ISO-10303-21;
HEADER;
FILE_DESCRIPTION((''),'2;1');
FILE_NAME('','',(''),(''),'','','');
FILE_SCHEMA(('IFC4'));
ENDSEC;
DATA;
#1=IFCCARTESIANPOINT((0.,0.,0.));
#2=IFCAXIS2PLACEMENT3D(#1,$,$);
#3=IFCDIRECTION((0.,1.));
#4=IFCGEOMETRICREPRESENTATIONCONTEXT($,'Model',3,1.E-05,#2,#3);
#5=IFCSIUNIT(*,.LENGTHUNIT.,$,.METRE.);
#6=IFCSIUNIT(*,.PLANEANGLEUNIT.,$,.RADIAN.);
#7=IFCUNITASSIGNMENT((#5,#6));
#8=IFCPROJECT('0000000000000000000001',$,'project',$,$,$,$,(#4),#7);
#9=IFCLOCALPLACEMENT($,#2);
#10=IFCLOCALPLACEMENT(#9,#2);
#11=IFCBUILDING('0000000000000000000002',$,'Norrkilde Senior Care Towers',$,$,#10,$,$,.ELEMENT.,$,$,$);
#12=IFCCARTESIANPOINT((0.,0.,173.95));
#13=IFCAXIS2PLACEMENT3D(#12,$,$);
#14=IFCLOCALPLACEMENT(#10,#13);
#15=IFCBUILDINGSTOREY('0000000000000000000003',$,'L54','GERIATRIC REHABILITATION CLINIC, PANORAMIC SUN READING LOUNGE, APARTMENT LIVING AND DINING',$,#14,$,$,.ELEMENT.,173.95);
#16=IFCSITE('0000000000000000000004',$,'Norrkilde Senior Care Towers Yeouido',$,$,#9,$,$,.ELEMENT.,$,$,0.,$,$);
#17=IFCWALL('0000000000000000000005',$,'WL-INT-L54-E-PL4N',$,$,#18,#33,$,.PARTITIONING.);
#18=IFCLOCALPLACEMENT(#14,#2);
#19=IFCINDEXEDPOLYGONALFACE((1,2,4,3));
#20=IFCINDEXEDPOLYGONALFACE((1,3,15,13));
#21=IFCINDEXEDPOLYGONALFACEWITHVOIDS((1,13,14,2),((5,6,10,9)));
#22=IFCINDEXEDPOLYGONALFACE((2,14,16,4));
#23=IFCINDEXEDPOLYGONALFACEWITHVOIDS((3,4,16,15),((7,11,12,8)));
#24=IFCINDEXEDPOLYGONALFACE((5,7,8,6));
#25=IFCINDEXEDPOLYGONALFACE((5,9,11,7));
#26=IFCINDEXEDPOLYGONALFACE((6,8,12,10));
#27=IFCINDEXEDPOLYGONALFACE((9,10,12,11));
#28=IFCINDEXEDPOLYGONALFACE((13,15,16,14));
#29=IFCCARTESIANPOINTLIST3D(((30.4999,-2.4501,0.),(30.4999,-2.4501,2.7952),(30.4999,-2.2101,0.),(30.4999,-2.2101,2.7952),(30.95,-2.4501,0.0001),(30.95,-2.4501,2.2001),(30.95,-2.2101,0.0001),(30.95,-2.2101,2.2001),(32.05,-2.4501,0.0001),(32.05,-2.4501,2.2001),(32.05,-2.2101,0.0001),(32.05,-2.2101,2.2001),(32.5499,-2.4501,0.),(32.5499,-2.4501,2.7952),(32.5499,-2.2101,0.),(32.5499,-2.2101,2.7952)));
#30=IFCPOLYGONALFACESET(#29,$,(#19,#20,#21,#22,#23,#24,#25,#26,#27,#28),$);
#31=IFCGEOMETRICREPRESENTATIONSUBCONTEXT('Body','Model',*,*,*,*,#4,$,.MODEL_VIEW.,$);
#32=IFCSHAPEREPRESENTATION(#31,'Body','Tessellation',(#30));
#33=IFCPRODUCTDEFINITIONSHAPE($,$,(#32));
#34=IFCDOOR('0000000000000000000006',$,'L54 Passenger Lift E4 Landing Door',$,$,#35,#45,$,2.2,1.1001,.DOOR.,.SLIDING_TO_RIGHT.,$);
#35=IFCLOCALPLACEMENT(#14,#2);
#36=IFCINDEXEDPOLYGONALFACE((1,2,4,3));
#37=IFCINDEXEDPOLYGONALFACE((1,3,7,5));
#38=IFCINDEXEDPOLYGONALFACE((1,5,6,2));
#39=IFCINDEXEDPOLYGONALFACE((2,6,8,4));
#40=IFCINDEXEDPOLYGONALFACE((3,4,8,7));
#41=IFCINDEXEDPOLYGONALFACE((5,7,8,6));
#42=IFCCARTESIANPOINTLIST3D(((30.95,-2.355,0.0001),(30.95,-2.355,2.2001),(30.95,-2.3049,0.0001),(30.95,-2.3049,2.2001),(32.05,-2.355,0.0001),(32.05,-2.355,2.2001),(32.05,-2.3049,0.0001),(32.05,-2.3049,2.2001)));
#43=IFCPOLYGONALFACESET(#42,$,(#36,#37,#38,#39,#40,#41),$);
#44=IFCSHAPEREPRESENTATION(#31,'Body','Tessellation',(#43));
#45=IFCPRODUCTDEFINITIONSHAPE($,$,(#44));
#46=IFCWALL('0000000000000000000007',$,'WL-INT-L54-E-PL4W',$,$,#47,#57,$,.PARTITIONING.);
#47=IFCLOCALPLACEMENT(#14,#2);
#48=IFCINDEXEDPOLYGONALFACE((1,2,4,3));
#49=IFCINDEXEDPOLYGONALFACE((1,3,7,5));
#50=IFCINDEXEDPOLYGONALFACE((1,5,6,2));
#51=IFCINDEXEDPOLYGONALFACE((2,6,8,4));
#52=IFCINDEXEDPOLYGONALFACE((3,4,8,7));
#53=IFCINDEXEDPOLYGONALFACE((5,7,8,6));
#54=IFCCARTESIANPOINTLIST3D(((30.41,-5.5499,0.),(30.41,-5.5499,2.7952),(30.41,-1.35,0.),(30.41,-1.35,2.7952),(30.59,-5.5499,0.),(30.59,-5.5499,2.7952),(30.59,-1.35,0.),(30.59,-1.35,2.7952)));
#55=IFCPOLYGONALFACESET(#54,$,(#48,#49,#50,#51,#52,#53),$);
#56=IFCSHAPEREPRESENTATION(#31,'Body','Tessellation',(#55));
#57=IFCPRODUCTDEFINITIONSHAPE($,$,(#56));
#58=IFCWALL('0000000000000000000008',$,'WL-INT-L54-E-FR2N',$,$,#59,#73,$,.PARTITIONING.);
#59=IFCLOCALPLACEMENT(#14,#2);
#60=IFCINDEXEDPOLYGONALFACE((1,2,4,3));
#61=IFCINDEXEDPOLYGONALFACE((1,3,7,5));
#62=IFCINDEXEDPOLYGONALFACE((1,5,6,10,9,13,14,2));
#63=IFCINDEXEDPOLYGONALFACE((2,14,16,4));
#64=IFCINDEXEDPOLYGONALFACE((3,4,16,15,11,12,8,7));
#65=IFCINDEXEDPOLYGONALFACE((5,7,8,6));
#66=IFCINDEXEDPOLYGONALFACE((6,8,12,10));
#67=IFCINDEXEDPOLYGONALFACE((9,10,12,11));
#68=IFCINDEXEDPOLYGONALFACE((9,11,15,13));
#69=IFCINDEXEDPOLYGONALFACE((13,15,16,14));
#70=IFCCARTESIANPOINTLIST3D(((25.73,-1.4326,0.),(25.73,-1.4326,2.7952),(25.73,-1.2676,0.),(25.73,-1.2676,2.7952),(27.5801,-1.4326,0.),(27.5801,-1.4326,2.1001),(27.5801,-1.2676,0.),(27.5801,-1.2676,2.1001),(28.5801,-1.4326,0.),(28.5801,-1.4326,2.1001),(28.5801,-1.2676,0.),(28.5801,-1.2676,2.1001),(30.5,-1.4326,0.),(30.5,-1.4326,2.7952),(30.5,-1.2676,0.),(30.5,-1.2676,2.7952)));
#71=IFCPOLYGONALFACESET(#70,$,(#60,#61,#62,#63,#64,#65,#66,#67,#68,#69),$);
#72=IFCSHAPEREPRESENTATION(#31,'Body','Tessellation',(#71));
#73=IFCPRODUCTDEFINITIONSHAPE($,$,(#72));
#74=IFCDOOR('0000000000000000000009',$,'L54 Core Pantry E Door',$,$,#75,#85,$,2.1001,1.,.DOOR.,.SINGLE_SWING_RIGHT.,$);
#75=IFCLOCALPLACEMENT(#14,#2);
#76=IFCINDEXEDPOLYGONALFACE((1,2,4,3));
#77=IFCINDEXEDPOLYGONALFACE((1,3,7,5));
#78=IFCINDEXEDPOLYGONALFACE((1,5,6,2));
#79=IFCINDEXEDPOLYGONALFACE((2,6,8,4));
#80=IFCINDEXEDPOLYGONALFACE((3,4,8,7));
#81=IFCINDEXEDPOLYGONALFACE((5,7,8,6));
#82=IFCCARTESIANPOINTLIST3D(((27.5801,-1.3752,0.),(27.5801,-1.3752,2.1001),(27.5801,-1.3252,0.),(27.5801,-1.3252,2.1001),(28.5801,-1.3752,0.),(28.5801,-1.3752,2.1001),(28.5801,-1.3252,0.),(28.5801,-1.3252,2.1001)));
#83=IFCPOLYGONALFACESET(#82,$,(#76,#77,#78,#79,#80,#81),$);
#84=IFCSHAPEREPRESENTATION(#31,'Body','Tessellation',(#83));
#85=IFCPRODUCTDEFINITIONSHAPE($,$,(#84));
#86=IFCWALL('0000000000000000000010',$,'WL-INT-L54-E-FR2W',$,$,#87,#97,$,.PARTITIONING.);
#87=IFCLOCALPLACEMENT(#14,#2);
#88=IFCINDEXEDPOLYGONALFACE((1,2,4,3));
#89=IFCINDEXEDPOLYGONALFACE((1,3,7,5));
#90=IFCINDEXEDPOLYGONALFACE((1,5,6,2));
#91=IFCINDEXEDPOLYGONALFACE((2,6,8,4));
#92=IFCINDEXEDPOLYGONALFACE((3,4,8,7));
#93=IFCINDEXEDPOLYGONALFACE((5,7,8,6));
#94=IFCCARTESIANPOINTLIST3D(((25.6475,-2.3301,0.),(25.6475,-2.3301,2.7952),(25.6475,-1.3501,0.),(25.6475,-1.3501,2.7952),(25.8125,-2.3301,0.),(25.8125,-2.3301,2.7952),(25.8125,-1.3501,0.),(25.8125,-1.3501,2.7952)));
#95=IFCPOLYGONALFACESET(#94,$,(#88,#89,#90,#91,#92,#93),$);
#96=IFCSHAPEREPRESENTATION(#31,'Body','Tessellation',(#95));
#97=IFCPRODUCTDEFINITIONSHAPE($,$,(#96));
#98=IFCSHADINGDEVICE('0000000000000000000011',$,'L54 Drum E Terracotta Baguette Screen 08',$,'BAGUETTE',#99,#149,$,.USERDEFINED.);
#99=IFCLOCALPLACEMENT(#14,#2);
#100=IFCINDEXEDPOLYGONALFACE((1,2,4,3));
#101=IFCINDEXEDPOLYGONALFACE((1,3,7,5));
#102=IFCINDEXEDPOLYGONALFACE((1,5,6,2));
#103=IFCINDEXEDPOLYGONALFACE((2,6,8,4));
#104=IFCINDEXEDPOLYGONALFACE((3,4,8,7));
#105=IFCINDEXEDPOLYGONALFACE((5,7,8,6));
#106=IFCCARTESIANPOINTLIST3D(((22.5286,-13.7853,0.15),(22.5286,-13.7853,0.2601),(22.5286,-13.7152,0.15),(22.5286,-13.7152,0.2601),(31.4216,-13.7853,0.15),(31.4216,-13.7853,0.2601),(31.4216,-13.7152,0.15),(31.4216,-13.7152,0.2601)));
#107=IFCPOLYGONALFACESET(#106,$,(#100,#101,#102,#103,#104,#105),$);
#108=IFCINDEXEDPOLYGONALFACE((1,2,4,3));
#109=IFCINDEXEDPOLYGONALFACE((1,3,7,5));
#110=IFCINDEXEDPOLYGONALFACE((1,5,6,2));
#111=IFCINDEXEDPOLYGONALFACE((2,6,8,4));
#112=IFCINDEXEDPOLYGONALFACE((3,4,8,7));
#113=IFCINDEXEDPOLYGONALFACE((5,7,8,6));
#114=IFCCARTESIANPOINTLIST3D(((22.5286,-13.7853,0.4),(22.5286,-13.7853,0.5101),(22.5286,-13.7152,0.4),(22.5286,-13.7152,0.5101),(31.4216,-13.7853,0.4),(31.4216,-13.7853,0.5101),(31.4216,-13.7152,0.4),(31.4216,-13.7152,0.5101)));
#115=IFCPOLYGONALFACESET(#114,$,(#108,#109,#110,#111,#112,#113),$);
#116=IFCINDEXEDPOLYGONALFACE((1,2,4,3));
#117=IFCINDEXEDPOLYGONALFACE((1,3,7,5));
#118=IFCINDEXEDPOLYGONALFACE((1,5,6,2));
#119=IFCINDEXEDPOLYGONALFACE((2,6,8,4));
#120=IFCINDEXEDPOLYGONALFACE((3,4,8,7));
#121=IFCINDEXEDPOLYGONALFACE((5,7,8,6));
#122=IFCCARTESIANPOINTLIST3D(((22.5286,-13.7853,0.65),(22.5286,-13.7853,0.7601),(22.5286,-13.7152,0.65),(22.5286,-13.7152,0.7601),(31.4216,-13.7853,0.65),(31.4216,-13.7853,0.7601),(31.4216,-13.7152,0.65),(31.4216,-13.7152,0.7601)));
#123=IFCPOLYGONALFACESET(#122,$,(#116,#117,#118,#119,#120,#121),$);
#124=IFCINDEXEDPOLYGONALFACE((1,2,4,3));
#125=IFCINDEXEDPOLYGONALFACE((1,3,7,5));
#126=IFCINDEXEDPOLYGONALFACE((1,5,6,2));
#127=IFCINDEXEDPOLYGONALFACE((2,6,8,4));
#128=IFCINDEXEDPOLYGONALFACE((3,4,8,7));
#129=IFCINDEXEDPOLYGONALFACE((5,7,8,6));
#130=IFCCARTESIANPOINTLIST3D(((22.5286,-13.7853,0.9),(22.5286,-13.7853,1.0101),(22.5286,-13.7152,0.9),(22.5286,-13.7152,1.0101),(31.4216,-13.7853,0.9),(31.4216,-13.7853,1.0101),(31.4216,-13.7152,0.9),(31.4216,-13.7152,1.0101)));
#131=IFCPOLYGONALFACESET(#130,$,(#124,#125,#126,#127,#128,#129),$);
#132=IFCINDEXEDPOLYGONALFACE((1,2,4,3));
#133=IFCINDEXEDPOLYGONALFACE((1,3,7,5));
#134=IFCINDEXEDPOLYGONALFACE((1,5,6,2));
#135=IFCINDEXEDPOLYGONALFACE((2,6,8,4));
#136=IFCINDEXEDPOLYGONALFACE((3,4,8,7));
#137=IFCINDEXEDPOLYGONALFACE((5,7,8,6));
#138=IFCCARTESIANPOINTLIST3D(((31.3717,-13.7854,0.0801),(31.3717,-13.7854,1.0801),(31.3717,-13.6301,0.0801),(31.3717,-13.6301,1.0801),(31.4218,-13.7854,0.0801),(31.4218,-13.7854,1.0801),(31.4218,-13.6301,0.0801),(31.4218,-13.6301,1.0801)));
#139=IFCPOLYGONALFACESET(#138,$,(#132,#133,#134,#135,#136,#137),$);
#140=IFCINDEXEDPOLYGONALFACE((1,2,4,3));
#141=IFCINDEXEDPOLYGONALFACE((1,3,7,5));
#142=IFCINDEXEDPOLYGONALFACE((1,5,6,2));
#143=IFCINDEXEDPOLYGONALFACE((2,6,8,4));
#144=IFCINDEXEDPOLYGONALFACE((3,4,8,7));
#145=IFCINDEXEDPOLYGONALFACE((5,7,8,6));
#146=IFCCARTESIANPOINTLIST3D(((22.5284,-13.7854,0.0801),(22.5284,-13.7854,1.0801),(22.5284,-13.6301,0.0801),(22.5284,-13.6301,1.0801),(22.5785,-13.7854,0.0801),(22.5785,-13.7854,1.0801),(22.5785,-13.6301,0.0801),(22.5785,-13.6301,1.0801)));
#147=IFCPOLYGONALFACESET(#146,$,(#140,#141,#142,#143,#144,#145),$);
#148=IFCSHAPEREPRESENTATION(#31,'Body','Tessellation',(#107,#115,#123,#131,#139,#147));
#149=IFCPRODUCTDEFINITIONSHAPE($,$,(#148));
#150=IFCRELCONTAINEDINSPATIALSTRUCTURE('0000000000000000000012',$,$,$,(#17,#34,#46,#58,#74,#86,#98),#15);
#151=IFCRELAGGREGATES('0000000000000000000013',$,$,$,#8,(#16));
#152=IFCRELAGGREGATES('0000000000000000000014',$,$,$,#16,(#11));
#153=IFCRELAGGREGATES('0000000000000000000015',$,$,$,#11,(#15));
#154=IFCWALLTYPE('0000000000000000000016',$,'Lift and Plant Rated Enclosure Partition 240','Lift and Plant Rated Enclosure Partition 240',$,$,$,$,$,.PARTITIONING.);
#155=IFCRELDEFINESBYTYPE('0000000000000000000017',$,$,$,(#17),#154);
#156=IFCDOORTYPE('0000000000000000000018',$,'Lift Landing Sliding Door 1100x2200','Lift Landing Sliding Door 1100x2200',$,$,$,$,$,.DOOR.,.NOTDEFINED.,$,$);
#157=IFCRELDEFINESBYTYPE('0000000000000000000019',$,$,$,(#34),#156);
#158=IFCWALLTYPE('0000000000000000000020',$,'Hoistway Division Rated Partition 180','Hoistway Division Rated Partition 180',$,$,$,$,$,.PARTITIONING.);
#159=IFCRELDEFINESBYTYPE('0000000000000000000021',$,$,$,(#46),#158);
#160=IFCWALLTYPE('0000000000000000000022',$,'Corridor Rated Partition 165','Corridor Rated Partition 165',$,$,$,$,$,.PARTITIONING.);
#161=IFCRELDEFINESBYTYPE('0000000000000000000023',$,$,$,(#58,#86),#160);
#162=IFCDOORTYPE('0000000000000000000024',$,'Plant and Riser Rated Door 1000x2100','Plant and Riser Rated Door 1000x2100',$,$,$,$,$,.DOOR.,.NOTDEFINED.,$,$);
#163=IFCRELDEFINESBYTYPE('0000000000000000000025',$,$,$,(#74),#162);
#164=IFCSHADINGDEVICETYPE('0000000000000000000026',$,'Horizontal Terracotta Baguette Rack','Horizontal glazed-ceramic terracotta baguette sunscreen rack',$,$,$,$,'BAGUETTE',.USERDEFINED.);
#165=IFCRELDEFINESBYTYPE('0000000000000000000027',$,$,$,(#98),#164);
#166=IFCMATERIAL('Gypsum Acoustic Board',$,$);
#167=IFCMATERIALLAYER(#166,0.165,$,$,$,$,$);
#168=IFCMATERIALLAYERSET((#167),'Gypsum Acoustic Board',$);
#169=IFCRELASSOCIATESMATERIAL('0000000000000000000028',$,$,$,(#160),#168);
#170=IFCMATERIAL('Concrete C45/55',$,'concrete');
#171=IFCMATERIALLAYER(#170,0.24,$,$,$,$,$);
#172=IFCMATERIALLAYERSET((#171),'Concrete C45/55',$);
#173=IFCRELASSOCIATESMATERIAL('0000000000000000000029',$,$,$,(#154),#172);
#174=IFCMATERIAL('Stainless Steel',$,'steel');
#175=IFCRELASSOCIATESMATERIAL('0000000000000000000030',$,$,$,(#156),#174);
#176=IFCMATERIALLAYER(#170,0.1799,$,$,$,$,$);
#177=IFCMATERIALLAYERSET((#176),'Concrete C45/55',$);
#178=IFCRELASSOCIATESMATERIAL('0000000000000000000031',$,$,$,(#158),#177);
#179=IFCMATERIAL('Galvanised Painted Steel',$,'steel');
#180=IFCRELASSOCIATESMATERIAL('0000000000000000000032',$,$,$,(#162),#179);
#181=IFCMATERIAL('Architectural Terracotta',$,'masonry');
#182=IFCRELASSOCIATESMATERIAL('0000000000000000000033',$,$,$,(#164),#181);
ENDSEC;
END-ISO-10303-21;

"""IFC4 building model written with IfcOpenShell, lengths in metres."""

from ifc_helpers import new_model, si_unit, direction, frame, frame_2d, origin, origin_2d, place, context, subcontext, project, spatial, rectangle, extrude, source, transform, mapped, material, layer, layer_set, type_object, type_shapes, element, fill, save


model = new_model("IFC4")

# Units and contexts
model_context = context("Model", 3, precision=1e-05, world=origin(), true_north=direction((0.0, 1.0)))
body_context = subcontext(model_context, "Body", "Model", "MODEL_VIEW")
ifc_project = project(units=[si_unit("LENGTHUNIT", "METRE"), si_unit("PLANEANGLEUNIT", "RADIAN")], contexts=[model_context])

# Site, building, storey
site_placement = place(None, origin())
site = spatial("IfcSite", under=ifc_project, at=site_placement, Name="Norrkilde Senior Care Towers Yeouido", CompositionType="ELEMENT", RefElevation=0.0)
building_placement = place(site_placement, origin())
building = spatial("IfcBuilding", under=site, at=building_placement, Name="Norrkilde Senior Care Towers", CompositionType="ELEMENT")
storey_placement = place(building_placement, frame((0.0, 0.0, 173.95)))
storey = spatial("IfcBuildingStorey", under=building, at=storey_placement, Name="L54", Description="GERIATRIC REHABILITATION CLINIC, PANORAMIC SUN READING LOUNGE, APARTMENT LIVING AND DINING", CompositionType="ELEMENT", Elevation=173.95)

# Shared definitions
ifc_material_1 = material(Name="Concrete C45/55", Category="concrete")

# Shared definitions
ifc_material_2 = material(Name="Gypsum Acoustic Board")
ifc_layer_1 = layer(ifc_material_2, 0.165)
ifc_layer_set_1 = layer_set([ifc_layer_1], Name="Gypsum Acoustic Board")
wall_type_1 = type_object("IfcWallType", Name="Corridor Rated Partition 165", Description="Corridor Rated Partition 165", PredefinedType="PARTITIONING", material=ifc_layer_set_1)
ifc_material_3 = material(Name="Galvanised Painted Steel", Category="steel")

# Wall, opening, door
ifc_layer_2 = layer(ifc_material_1, 0.24)
ifc_layer_set_2 = layer_set([ifc_layer_2], Name="Concrete C45/55")
wall_type_2 = type_object("IfcWallType", Name="Lift and Plant Rated Enclosure Partition 240", Description="Lift and Plant Rated Enclosure Partition 240", PredefinedType="PARTITIONING", material=ifc_layer_set_2)
shared_shape_1 = source(origin(), body_context, "Body", "SweptSolid", [
    extrude(rectangle(XDim=2.05, YDim=0.24, at=frame_2d((1.0249, 0.0))), origin(), (0.0, 0.0, 1.0), 2.7952),
])
type_shapes(wall_type_2, [shared_shape_1])
wall_1_placement = place(storey_placement, frame((30.5, -2.3301, 0.0), z_axis=(0.0, 0.0, 1.0), x_axis=(1.0, 0.0, 0.0)))
wall_1 = element("IfcWall", 1, at=wall_1_placement, inside=storey, type_object=wall_type_2, Name="WL-INT-L54-E-PL4N", PredefinedType="PARTITIONING", context=body_context, shape_type="MappedRepresentation", body=[
    mapped(shared_shape_1, transform((0.0, 0.0, 0.0), x_axis=(1.0, 0.0, 0.0), y_axis=(0.0, 1.0, 0.0), z_axis=(0.0, 0.0, 1.0), scale=1.0)),
])
opening_1_placement = place(wall_1_placement, frame((0.45, 0.0, 0.0)))
opening_1 = element("IfcOpeningElement", 2, at=opening_1_placement, cuts=wall_1, PredefinedType="OPENING", context=body_context, shape_type="SweptSolid", body=[
    extrude(rectangle(XDim=1.1001, YDim=2.2, at=frame_2d((0.55, 1.1001))), frame((0.0, 0.1299, 0.0), z_axis=(0.0, -1.0, 0.0), x_axis=(1.0, 0.0, 0.0)), (0.0, 0.0, 1.0), 0.26),
])
ifc_material_4 = material(Name="Stainless Steel", Category="steel")
door_type_1 = type_object("IfcDoorType", Name="Lift Landing Sliding Door 1100x2200", Description="Lift Landing Sliding Door 1100x2200", OperationType="NOTDEFINED", PredefinedType="DOOR", material=ifc_material_4)
shared_shape_2 = source(origin(), body_context, "Body", "SweptSolid", [
    extrude(rectangle(XDim=1.1001, YDim=2.2, at=frame_2d((0.55, 1.1001))), frame((0.0, 0.0249, 0.0), z_axis=(0.0, -1.0, 0.0), x_axis=(1.0, 0.0, 0.0)), (0.0, 0.0, 1.0), 0.05),
])
type_shapes(door_type_1, [shared_shape_2])
door_1_placement = place(opening_1_placement, frame((1.1001, 0.0, 0.0), z_axis=(0.0, 0.0, 1.0), x_axis=(-1.0, 0.0, 0.0)))
door_1 = element("IfcDoor", 3, at=door_1_placement, inside=storey, type_object=door_type_1, Name="L54 Passenger Lift E4 Landing Door", OperationType="SLIDING_TO_RIGHT", OverallHeight=2.2, OverallWidth=1.1001, PredefinedType="DOOR", context=body_context, shape_type="MappedRepresentation", body=[
    mapped(shared_shape_2, transform((0.0, 0.0, 0.0), x_axis=(1.0, 0.0, 0.0), y_axis=(0.0, 1.0, 0.0), z_axis=(0.0, 0.0, 1.0), scale=1.0)),
])
fill(opening_1, door_1)

# Wall
ifc_layer_3 = layer(ifc_material_1, 0.1799)
ifc_layer_set_3 = layer_set([ifc_layer_3], Name="Concrete C45/55")
wall_type_3 = type_object("IfcWallType", Name="Hoistway Division Rated Partition 180", Description="Hoistway Division Rated Partition 180", PredefinedType="PARTITIONING", material=ifc_layer_set_3)
shared_shape_3 = source(origin(), body_context, "Body", "SweptSolid", [
    extrude(rectangle(XDim=4.2, YDim=0.1799, at=frame_2d((2.1001, 0.0))), origin(), (0.0, 0.0, 1.0), 2.7952),
])
type_shapes(wall_type_3, [shared_shape_3])
wall_2_placement = place(storey_placement, frame((30.5, -5.55, 0.0), z_axis=(0.0, 0.0, 1.0), x_axis=(0.0, 1.0, 0.0)))
element("IfcWall", 4, at=wall_2_placement, inside=storey, type_object=wall_type_3, Name="WL-INT-L54-E-PL4W", PredefinedType="PARTITIONING", context=body_context, shape_type="MappedRepresentation", body=[
    mapped(shared_shape_3, transform((0.0, 0.0, 0.0), x_axis=(1.0, 0.0, 0.0), y_axis=(0.0, 1.0, 0.0), z_axis=(0.0, 0.0, 1.0), scale=1.0)),
])

# Wall, opening, door
shared_shape_4 = source(origin(), body_context, "Body", "SweptSolid", [
    extrude(rectangle(XDim=4.77, YDim=0.165, at=frame_2d((2.385, 0.0))), origin(), (0.0, 0.0, 1.0), 2.7952),
])
wall_3_placement = place(storey_placement, frame((25.73, -1.3501, 0.0), z_axis=(0.0, 0.0, 1.0), x_axis=(1.0, 0.0, 0.0)))
wall_3 = element("IfcWall", 5, at=wall_3_placement, inside=storey, type_object=wall_type_1, Name="WL-INT-L54-E-FR2N", PredefinedType="PARTITIONING", context=body_context, shape_type="MappedRepresentation", body=[
    mapped(shared_shape_4, transform((0.0, 0.0, 0.0), x_axis=(1.0, 0.0, 0.0), y_axis=(0.0, 1.0, 0.0), z_axis=(0.0, 0.0, 1.0), scale=1.0)),
])
opening_2_placement = place(wall_3_placement, frame((1.8501, 0.0, 0.0)))
opening_2 = element("IfcOpeningElement", 6, at=opening_2_placement, cuts=wall_3, PredefinedType="OPENING", context=body_context, shape_type="SweptSolid", body=[
    extrude(rectangle(XDim=1.0, YDim=2.1001, at=frame_2d((0.5, 1.05))), frame((0.0, 0.0925, 0.0), z_axis=(0.0, -1.0, 0.0), x_axis=(1.0, 0.0, 0.0)), (0.0, 0.0, 1.0), 0.1851),
])
door_type_2 = type_object("IfcDoorType", Name="Plant and Riser Rated Door 1000x2100", Description="Plant and Riser Rated Door 1000x2100", OperationType="NOTDEFINED", PredefinedType="DOOR", material=ifc_material_3)
shared_shape_5 = source(origin(), body_context, "Body", "SweptSolid", [
    extrude(rectangle(XDim=1.0, YDim=2.1001, at=frame_2d((0.5, 1.05))), frame((0.0, 0.0249, 0.0), z_axis=(0.0, -1.0, 0.0), x_axis=(1.0, 0.0, 0.0)), (0.0, 0.0, 1.0), 0.05),
])
type_shapes(door_type_2, [shared_shape_5])
door_2_placement = place(opening_2_placement, origin())
door_2 = element("IfcDoor", 7, at=door_2_placement, inside=storey, type_object=door_type_2, Name="L54 Core Pantry E Door", OperationType="SINGLE_SWING_RIGHT", OverallHeight=2.1001, OverallWidth=1.0, PredefinedType="DOOR", context=body_context, shape_type="MappedRepresentation", body=[
    mapped(shared_shape_5, transform((0.0, 0.0, 0.0), x_axis=(1.0, 0.0, 0.0), y_axis=(0.0, 1.0, 0.0), z_axis=(0.0, 0.0, 1.0), scale=1.0)),
])
fill(opening_2, door_2)

# Wall
shared_shape_6 = source(origin(), body_context, "Body", "SweptSolid", [
    extrude(rectangle(XDim=0.98, YDim=0.165, at=frame_2d((0.49, 0.0))), origin(), (0.0, 0.0, 1.0), 2.7952),
])
wall_4_placement = place(storey_placement, frame((25.73, -2.3301, 0.0), z_axis=(0.0, 0.0, 1.0), x_axis=(0.0, 1.0, 0.0)))
element("IfcWall", 8, at=wall_4_placement, inside=storey, type_object=wall_type_1, Name="WL-INT-L54-E-FR2W", PredefinedType="PARTITIONING", context=body_context, shape_type="MappedRepresentation", body=[
    mapped(shared_shape_6, transform((0.0, 0.0, 0.0), x_axis=(1.0, 0.0, 0.0), y_axis=(0.0, 1.0, 0.0), z_axis=(0.0, 0.0, 1.0), scale=1.0)),
])

# Shading device
ifc_material_5 = material(Name="Architectural Terracotta", Category="masonry")
shading_device_type = type_object("IfcShadingDeviceType", Name="Horizontal Terracotta Baguette Rack", Description="Horizontal glazed-ceramic terracotta baguette sunscreen rack", ElementType="BAGUETTE", PredefinedType="USERDEFINED", material=ifc_material_5)
shared_shape_7 = source(origin(), body_context, "Body", "SweptSolid", [
    extrude(rectangle(XDim=0.0701, YDim=0.1101, at=origin_2d()), frame((0.0, 0.0901, 0.125), z_axis=(1.0, 0.0, 0.0), x_axis=(0.0, 1.0, 0.0)), (0.0, 0.0, 1.0), 8.8931),
    extrude(rectangle(XDim=0.0701, YDim=0.1101, at=origin_2d()), frame((0.0, 0.0901, 0.375), z_axis=(1.0, 0.0, 0.0), x_axis=(0.0, 1.0, 0.0)), (0.0, 0.0, 1.0), 8.8931),
    extrude(rectangle(XDim=0.0701, YDim=0.1101, at=origin_2d()), frame((0.0, 0.0901, 0.625), z_axis=(1.0, 0.0, 0.0), x_axis=(0.0, 1.0, 0.0)), (0.0, 0.0, 1.0), 8.8931),
    extrude(rectangle(XDim=0.0701, YDim=0.1101, at=origin_2d()), frame((0.0, 0.0901, 0.875), z_axis=(1.0, 0.0, 0.0), x_axis=(0.0, 1.0, 0.0)), (0.0, 0.0, 1.0), 8.8931),
    extrude(rectangle(XDim=0.05, YDim=0.1553, at=origin_2d()), frame((0.0249, 0.0476, 0.0)), (0.0, 0.0, 1.0), 1.0),
    extrude(rectangle(XDim=0.05, YDim=0.1553, at=origin_2d()), frame((8.8682, 0.0476, 0.0)), (0.0, 0.0, 1.0), 1.0),
])
type_shapes(shading_device_type, [shared_shape_7])
shading_device_placement = place(storey_placement, frame((31.4216, -13.6602, 0.0801), z_axis=(0.0, 0.0, 1.0), x_axis=(-1.0, 0.0, 0.0)))
element("IfcShadingDevice", 9, at=shading_device_placement, inside=storey, type_object=shading_device_type, Name="L54 Drum E Terracotta Baguette Screen 08", ObjectType="BAGUETTE", PredefinedType="USERDEFINED", context=body_context, shape_type="MappedRepresentation", body=[
    mapped(shared_shape_7, transform((0.0, 0.0, 0.0), x_axis=(1.0, 0.0, 0.0), y_axis=(0.0, 1.0, 0.0), z_axis=(0.0, 0.0, 1.0), scale=1.0)),
])

save(model, "model.ifc")
